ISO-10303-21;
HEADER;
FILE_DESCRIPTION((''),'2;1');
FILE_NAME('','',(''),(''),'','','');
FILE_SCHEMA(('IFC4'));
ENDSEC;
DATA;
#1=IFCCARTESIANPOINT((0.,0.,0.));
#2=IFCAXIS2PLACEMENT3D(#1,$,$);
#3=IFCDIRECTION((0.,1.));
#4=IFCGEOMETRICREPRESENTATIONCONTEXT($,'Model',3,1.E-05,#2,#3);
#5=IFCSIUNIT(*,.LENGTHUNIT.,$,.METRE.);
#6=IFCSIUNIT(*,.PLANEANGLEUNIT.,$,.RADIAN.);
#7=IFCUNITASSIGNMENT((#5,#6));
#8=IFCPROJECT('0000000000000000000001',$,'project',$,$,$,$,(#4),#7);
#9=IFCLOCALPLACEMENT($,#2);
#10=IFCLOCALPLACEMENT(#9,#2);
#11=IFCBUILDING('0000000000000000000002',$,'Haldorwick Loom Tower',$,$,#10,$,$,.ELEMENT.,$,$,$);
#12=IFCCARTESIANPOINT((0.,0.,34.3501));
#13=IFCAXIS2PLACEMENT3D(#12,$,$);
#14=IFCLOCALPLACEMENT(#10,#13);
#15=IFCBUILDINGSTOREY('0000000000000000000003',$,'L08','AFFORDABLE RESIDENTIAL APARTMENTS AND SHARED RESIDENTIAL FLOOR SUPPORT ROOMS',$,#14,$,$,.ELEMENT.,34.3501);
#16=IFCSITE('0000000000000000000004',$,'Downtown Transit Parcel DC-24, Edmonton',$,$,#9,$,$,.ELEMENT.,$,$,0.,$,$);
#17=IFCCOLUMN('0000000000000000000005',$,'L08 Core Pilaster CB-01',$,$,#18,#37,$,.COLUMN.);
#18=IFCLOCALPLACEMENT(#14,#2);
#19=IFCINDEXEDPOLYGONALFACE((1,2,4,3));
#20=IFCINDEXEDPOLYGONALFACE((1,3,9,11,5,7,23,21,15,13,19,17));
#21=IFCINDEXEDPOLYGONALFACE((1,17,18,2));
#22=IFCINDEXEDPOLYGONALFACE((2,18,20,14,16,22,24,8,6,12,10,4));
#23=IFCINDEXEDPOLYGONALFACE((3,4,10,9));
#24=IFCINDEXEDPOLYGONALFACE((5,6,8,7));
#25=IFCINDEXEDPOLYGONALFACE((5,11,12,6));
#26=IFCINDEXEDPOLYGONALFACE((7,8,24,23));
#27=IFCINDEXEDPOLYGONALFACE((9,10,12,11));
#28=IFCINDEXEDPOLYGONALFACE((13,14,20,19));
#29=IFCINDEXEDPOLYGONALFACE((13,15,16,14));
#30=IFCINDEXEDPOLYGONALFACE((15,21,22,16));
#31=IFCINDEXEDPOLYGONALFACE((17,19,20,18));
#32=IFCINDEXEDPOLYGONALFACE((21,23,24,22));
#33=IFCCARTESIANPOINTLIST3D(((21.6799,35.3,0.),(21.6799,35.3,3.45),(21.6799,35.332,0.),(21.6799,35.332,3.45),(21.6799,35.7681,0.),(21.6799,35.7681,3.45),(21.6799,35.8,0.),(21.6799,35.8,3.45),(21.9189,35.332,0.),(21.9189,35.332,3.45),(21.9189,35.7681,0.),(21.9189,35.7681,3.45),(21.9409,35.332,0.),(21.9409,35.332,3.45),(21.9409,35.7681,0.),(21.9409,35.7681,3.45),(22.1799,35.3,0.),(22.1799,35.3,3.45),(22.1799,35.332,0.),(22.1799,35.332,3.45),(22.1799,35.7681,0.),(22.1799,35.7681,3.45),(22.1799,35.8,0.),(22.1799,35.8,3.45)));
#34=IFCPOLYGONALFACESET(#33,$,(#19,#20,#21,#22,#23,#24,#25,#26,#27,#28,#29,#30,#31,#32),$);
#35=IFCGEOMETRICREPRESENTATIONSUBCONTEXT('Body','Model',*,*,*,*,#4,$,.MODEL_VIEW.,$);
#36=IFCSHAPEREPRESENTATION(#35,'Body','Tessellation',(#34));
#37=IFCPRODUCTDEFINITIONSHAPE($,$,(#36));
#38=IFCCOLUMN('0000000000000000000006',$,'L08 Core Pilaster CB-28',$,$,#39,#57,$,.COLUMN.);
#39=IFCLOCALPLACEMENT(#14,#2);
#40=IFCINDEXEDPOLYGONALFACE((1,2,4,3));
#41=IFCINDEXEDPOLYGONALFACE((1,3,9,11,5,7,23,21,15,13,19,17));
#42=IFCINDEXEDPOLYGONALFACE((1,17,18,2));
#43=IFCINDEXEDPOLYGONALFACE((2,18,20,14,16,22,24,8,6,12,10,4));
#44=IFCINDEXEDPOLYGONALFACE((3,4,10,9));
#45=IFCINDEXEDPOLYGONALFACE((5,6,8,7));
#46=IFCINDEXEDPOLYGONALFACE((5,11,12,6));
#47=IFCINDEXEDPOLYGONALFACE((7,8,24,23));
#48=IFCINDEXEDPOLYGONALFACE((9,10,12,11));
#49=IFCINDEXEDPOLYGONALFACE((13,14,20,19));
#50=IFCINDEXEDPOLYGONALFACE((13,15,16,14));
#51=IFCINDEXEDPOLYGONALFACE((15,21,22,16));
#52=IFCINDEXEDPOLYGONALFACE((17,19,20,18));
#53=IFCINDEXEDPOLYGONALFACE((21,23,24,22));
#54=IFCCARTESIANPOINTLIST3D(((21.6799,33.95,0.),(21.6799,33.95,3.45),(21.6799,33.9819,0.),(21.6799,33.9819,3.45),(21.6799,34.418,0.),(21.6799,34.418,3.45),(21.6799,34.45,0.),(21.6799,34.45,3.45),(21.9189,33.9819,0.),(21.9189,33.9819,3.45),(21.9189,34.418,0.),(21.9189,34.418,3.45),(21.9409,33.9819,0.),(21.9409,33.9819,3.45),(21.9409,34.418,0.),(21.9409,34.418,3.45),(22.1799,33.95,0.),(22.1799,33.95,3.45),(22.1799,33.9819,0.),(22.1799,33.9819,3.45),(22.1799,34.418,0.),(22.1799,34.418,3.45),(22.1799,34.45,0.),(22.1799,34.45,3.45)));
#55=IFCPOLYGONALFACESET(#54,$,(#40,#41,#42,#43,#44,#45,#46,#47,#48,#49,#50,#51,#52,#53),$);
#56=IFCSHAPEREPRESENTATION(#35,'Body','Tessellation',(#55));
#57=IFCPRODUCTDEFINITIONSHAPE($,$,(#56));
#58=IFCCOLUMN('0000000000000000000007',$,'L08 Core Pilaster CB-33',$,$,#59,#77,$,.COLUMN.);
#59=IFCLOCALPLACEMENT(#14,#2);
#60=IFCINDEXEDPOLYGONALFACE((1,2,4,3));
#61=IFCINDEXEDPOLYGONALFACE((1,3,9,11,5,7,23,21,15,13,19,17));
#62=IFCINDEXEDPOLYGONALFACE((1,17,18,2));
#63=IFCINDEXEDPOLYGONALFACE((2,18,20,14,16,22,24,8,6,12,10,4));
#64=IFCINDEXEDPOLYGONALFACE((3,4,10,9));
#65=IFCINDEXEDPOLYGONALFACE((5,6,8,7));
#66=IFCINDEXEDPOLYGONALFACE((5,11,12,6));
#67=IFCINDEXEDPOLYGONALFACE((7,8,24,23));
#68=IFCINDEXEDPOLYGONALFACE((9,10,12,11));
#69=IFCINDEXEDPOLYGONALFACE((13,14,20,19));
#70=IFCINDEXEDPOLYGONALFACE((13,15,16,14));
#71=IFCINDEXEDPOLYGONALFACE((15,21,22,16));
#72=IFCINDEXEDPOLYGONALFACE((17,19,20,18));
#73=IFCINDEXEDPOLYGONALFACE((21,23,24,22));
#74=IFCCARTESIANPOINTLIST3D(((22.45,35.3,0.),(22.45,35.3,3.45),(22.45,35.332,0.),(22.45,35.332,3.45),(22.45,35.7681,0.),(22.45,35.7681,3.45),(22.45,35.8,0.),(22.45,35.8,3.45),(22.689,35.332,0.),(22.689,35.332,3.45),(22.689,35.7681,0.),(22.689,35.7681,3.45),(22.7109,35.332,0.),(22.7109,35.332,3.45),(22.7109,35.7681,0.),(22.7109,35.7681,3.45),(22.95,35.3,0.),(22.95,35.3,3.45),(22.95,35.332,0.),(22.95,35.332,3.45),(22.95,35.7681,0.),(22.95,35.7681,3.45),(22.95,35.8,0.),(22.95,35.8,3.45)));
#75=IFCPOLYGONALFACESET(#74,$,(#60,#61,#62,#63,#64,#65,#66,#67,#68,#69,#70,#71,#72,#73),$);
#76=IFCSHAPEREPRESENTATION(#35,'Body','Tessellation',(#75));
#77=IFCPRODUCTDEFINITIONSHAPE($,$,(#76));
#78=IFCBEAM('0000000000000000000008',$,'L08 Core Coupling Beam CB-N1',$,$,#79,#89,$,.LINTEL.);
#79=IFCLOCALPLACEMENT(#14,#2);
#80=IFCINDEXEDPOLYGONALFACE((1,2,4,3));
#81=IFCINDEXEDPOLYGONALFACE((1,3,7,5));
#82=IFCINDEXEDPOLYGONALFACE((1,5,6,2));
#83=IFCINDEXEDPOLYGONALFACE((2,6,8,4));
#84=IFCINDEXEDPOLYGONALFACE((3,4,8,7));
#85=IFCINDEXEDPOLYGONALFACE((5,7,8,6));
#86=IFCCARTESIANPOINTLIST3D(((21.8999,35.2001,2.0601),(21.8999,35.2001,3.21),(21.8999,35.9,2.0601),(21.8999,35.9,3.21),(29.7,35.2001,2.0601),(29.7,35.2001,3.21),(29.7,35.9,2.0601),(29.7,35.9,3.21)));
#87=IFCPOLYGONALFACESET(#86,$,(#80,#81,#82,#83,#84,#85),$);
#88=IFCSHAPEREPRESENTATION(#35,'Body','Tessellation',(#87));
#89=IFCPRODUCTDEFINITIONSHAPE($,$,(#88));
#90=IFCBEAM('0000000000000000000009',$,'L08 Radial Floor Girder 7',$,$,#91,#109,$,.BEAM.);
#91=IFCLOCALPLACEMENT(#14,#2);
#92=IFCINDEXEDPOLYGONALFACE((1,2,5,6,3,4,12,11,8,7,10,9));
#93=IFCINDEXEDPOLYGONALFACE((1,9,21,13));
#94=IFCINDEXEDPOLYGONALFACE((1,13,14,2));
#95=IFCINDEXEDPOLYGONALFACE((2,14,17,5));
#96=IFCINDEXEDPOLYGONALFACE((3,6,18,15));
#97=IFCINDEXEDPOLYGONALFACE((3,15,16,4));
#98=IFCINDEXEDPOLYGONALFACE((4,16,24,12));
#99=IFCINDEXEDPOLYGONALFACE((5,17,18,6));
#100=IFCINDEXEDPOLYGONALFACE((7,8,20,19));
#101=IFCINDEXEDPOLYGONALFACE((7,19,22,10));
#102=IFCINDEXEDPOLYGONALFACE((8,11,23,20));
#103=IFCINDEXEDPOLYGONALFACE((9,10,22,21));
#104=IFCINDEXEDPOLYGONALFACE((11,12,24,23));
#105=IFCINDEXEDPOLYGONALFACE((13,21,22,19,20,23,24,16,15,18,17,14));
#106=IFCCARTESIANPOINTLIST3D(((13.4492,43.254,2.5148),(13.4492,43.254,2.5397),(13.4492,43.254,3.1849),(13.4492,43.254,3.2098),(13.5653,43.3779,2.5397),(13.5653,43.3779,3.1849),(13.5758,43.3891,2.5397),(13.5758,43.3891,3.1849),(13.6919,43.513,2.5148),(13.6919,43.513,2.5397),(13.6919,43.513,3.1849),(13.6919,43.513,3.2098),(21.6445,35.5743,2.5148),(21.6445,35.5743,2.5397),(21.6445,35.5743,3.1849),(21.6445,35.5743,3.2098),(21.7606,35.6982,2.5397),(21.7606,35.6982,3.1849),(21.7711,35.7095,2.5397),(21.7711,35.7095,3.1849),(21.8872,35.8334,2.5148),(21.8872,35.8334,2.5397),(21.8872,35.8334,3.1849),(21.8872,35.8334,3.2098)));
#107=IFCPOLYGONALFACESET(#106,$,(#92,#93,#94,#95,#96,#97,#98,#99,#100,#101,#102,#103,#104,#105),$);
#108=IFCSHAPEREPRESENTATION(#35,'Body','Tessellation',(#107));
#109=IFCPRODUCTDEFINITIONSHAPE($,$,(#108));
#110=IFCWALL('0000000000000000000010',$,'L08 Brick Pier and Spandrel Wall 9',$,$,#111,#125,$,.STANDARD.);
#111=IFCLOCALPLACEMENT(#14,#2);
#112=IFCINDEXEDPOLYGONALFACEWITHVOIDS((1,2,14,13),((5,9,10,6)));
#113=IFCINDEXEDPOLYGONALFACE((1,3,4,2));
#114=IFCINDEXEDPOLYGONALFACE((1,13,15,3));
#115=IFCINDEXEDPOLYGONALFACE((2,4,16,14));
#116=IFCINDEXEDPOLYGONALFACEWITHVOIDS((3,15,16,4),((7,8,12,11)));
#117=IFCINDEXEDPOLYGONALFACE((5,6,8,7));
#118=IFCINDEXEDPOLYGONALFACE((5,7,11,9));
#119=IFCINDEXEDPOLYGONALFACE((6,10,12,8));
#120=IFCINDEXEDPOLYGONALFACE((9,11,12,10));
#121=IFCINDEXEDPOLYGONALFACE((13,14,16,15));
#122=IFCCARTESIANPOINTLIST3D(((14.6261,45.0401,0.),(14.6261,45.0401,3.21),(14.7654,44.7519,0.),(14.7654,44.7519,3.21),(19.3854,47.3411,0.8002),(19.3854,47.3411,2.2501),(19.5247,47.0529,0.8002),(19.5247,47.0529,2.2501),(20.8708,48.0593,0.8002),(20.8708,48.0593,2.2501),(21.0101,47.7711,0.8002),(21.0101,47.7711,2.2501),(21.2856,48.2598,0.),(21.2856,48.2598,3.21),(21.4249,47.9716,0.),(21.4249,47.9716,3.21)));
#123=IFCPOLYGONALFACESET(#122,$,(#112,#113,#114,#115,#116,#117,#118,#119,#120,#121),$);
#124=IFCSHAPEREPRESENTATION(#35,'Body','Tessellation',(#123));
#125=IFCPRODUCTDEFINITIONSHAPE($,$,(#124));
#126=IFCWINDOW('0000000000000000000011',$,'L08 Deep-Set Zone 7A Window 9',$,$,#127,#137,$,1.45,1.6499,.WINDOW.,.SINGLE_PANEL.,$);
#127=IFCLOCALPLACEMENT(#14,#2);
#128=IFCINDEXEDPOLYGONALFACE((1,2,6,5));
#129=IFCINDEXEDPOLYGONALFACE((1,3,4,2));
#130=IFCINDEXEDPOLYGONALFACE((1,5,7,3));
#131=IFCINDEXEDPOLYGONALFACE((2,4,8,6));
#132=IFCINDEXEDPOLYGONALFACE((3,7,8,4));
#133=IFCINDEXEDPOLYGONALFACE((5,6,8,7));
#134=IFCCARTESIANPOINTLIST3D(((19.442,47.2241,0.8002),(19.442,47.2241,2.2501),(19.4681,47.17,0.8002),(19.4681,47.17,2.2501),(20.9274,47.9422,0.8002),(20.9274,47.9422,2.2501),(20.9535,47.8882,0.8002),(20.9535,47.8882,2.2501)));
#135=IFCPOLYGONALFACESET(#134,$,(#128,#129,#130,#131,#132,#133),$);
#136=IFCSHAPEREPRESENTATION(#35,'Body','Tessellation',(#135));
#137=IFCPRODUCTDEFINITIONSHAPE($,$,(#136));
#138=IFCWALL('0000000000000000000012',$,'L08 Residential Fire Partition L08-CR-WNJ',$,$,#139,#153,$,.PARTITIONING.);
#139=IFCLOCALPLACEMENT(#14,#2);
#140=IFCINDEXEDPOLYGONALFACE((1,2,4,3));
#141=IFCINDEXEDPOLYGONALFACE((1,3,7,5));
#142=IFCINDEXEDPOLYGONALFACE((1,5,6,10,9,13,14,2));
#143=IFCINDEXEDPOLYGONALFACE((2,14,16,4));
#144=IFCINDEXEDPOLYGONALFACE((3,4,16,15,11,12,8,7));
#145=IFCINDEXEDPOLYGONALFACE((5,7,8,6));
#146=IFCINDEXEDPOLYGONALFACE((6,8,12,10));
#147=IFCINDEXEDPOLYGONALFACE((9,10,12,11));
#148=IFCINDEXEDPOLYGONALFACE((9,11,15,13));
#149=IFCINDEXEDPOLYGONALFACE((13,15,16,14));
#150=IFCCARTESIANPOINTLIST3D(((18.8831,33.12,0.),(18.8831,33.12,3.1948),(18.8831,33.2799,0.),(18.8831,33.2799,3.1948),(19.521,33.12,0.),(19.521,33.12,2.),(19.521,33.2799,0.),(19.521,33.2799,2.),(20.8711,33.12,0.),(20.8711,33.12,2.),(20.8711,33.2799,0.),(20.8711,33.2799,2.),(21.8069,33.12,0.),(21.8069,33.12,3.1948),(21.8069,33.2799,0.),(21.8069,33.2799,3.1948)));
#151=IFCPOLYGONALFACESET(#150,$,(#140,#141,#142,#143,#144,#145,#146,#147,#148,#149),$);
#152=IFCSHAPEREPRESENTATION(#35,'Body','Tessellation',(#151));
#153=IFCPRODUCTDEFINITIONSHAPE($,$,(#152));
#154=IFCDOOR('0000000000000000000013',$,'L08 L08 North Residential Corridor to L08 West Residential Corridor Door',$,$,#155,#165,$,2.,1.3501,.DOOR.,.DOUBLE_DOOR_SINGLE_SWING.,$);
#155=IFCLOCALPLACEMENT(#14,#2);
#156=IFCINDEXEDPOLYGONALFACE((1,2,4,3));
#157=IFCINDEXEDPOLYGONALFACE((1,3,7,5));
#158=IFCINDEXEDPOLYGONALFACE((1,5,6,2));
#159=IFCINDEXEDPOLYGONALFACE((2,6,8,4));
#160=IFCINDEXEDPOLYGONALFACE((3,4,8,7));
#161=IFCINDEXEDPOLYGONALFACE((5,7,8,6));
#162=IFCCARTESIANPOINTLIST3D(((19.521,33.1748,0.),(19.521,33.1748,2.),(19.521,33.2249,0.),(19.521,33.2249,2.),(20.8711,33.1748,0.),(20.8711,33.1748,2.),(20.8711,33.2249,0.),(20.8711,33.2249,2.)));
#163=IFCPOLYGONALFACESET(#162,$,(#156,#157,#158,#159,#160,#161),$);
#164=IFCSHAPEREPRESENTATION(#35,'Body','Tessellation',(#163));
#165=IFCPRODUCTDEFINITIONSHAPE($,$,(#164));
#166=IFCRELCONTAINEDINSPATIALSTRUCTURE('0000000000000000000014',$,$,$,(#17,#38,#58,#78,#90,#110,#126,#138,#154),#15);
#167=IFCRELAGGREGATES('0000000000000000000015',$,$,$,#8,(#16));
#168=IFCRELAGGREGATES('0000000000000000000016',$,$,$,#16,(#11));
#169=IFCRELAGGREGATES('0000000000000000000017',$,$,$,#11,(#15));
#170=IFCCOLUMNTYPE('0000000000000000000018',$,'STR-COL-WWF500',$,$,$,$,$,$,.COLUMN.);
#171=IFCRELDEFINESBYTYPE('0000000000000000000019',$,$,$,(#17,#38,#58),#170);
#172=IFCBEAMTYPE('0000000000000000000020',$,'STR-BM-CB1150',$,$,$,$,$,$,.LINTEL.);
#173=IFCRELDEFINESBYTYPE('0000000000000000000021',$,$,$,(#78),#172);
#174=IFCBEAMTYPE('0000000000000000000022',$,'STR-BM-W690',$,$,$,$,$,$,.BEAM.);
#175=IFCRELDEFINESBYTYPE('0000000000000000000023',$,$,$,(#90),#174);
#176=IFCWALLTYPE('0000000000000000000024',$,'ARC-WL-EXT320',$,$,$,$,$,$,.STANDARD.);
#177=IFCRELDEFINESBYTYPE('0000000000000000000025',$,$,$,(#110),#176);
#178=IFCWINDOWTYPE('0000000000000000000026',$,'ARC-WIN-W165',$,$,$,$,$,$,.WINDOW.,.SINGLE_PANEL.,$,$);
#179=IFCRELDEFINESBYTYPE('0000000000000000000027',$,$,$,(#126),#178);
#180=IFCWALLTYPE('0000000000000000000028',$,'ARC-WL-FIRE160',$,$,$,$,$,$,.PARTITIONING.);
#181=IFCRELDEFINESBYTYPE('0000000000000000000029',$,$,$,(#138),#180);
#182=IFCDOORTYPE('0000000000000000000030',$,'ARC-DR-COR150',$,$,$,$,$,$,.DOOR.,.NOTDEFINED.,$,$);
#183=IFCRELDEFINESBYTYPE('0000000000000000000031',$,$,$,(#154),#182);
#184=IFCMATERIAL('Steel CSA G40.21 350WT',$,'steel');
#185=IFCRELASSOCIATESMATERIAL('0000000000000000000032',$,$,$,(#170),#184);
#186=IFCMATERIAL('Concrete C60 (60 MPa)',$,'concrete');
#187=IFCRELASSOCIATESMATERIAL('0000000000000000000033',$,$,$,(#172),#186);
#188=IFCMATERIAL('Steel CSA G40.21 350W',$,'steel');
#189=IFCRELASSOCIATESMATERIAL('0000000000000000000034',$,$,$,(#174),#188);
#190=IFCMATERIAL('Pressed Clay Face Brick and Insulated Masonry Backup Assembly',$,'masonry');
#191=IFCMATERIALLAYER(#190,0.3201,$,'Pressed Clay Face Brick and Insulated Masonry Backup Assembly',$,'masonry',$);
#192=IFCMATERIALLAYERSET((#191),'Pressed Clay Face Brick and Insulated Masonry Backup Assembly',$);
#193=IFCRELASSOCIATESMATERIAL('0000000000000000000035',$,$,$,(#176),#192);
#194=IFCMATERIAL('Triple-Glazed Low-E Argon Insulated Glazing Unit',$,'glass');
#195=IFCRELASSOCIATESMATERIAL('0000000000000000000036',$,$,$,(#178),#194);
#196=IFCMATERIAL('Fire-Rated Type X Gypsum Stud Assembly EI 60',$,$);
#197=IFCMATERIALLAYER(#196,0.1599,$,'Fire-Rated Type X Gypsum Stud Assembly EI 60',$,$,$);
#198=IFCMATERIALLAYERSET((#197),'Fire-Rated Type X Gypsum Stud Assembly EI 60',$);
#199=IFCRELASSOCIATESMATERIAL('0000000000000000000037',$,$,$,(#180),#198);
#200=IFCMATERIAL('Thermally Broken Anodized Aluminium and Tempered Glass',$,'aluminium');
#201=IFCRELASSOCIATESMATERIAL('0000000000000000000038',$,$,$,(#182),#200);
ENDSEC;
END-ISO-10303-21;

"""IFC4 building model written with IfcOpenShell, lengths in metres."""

from ifc_helpers import new_model, si_unit, direction, frame, frame_2d, origin, origin_2d, place, context, subcontext, project, spatial, rectangle, i_section, extrude, material, layer, layer_set, material_profile, profile_set, type_object, element, fill, save


model = new_model("IFC4")

# Units and contexts
model_context = context("Model", 3, precision=1e-05, world=origin(), true_north=direction((0.0, 1.0)))
body_context = subcontext(model_context, "Body", "Model", "MODEL_VIEW")
ifc_project = project(units=[si_unit("LENGTHUNIT", "METRE"), si_unit("PLANEANGLEUNIT", "RADIAN")], contexts=[model_context])

# Site, building, storey
site_placement = place(None, origin())
site = spatial("IfcSite", under=ifc_project, at=site_placement, Name="Downtown Transit Parcel DC-24, Edmonton", CompositionType="ELEMENT", RefElevation=0.0)
building_placement = place(site_placement, origin())
building = spatial("IfcBuilding", under=site, at=building_placement, Name="Haldorwick Loom Tower", CompositionType="ELEMENT")
storey_placement = place(building_placement, frame((0.0, 0.0, 34.3501)))
storey = spatial("IfcBuildingStorey", under=building, at=storey_placement, Name="L08", Description="AFFORDABLE RESIDENTIAL APARTMENTS AND SHARED RESIDENTIAL FLOOR SUPPORT ROOMS", CompositionType="ELEMENT", Elevation=34.3501)

# Columns
ifc_material_1 = material(Name="Steel CSA G40.21 350WT", Category="steel")
ifc_material_profile_1 = material_profile(ifc_material_1, i_section(OverallWidth=0.5, OverallDepth=0.5, WebThickness=0.022, FlangeThickness=0.032, at=origin_2d()), Name="WWF500X500", Category="steel")
ifc_profile_set_1 = profile_set([ifc_material_profile_1], Name="Steel CSA G40.21 350WT")
column_type = type_object("IfcColumnType", Name="STR-COL-WWF500", PredefinedType="COLUMN", material=ifc_profile_set_1)
for number, where, z_axis, x_axis, name in (
    (1, (21.9299, 35.55, 0.0), (0.0, 0.0, 1.0), (1.0, 0.0, 0.0), "L08 Core Pilaster CB-01"),
    (2, (21.9299, 34.2, 0.0), (0.0, 0.0, 1.0), (1.0, 0.0, 0.0), "L08 Core Pilaster CB-28"),
    (3, (22.7, 35.55, 0.0), (0.0, 0.0, 1.0), (1.0, 0.0, 0.0), "L08 Core Pilaster CB-33"),
):
    element("IfcColumn", number, at=place(storey_placement, frame(where, z_axis=z_axis, x_axis=x_axis)), inside=storey, type_object=column_type, Name=name, PredefinedType="COLUMN", context=body_context, shape_type="SweptSolid", body=[
        extrude(i_section(OverallWidth=0.5, OverallDepth=0.5, WebThickness=0.022, FlangeThickness=0.032, at=origin_2d()), origin(), (0.0, 0.0, 1.0), 3.45),
    ])

# Beams
ifc_material_2 = material(Name="Concrete C60 (60 MPa)", Category="concrete")
ifc_material_profile_2 = material_profile(ifc_material_2, rectangle(XDim=0.7, YDim=1.1499, at=origin_2d()), Name="RC700X1150", Category="concrete")
ifc_profile_set_2 = profile_set([ifc_material_profile_2], Name="Concrete C60 (60 MPa)")
beam_type_1 = type_object("IfcBeamType", Name="STR-BM-CB1150", PredefinedType="LINTEL", material=ifc_profile_set_2)
beam_1_placement = place(storey_placement, frame((21.8999, 35.55, 2.635), z_axis=(1.0, 0.0, 0.0), x_axis=(0.0, 1.0, 0.0)))
element("IfcBeam", 4, at=beam_1_placement, inside=storey, type_object=beam_type_1, Name="L08 Core Coupling Beam CB-N1", PredefinedType="LINTEL", context=body_context, shape_type="SweptSolid", body=[
    extrude(rectangle(XDim=0.7, YDim=1.1499, at=origin_2d()), origin(), (0.0, 0.0, 1.0), 7.8),
])
ifc_material_3 = material(Name="Steel CSA G40.21 350W", Category="steel")
ifc_material_profile_3 = material_profile(ifc_material_3, i_section(OverallWidth=0.355, OverallDepth=0.6951, WebThickness=0.0154, FlangeThickness=0.0249, at=origin_2d()), Name="W690X217", Category="steel")
ifc_profile_set_3 = profile_set([ifc_material_profile_3], Name="Steel CSA G40.21 350W")
beam_type_2 = type_object("IfcBeamType", Name="STR-BM-W690", PredefinedType="BEAM", material=ifc_profile_set_3)
beam_2_placement = place(storey_placement, frame((21.7659, 35.7039, 2.8623), z_axis=(-0.729689, 0.683779, 0.0), x_axis=(-0.683779, -0.729689, 0.0)))
element("IfcBeam", 5, at=beam_2_placement, inside=storey, type_object=beam_type_2, Name="L08 Radial Floor Girder 7", PredefinedType="BEAM", context=body_context, shape_type="SweptSolid", body=[
    extrude(i_section(OverallWidth=0.355, OverallDepth=0.6951, WebThickness=0.0154, FlangeThickness=0.0249, at=origin_2d()), origin(), (0.0, 0.0, 1.0), 11.2312),
])

# Wall, opening, window
ifc_material_4 = material(Name="Pressed Clay Face Brick and Insulated Masonry Backup Assembly", Category="masonry")
ifc_layer_1 = layer(ifc_material_4, 0.3201, Name="Pressed Clay Face Brick and Insulated Masonry Backup Assembly", Category="masonry")
ifc_layer_set_1 = layer_set([ifc_layer_1], Name="Pressed Clay Face Brick and Insulated Masonry Backup Assembly")
wall_type_1 = type_object("IfcWallType", Name="ARC-WL-EXT320", PredefinedType="STANDARD", material=ifc_layer_set_1)
wall_1_placement = place(storey_placement, frame((21.3552, 48.1157, 0.0), z_axis=(0.0, 0.0, 1.0), x_axis=(-0.900296, -0.435279, 0.0)))
wall_1 = element("IfcWall", 6, at=wall_1_placement, inside=storey, type_object=wall_type_1, Name="L08 Brick Pier and Spandrel Wall 9", PredefinedType="STANDARD", context=body_context, shape_type="SweptSolid", body=[
    extrude(rectangle(XDim=7.397, YDim=0.3201, at=frame_2d((3.6985, 0.0))), origin(), (0.0, 0.0, 1.0), 3.21),
])
opening_1_placement = place(wall_1_placement, frame((0.4607, 0.0, 0.8)))
opening_1 = element("IfcOpeningElement", 7, at=opening_1_placement, cuts=wall_1, PredefinedType="OPENING", context=body_context, shape_type="SweptSolid", body=[
    extrude(rectangle(XDim=1.6499, YDim=1.45, at=frame_2d((0.825, 0.7251))), frame((0.0, 0.1699, 0.0), z_axis=(0.0, -1.0, 0.0), x_axis=(1.0, 0.0, 0.0)), (0.0, 0.0, 1.0), 0.3401),
])
ifc_material_5 = material(Name="Triple-Glazed Low-E Argon Insulated Glazing Unit", Category="glass")
window_type = type_object("IfcWindowType", Name="ARC-WIN-W165", PartitioningType="SINGLE_PANEL", PredefinedType="WINDOW", material=ifc_material_5)
window_placement = place(opening_1_placement, origin())
window = element("IfcWindow", 8, at=window_placement, inside=storey, type_object=window_type, Name="L08 Deep-Set Zone 7A Window 9", OverallHeight=1.45, OverallWidth=1.6499, PartitioningType="SINGLE_PANEL", PredefinedType="WINDOW", context=body_context, shape_type="SweptSolid", body=[
    extrude(rectangle(XDim=1.6499, YDim=1.45, at=frame_2d((0.825, 0.7251))), frame((0.0, 0.03, 0.0), z_axis=(0.0, -1.0, 0.0), x_axis=(1.0, 0.0, 0.0)), (0.0, 0.0, 1.0), 0.0601),
])
fill(opening_1, window)

# Wall, opening, door
ifc_material_6 = material(Name="Fire-Rated Type X Gypsum Stud Assembly EI 60")
ifc_layer_2 = layer(ifc_material_6, 0.1599, Name="Fire-Rated Type X Gypsum Stud Assembly EI 60")
ifc_layer_set_2 = layer_set([ifc_layer_2], Name="Fire-Rated Type X Gypsum Stud Assembly EI 60")
wall_type_2 = type_object("IfcWallType", Name="ARC-WL-FIRE160", PredefinedType="PARTITIONING", material=ifc_layer_set_2)
wall_2_placement = place(storey_placement, frame((18.8831, 33.2, 0.0), z_axis=(0.0, 0.0, 1.0), x_axis=(1.0, 0.0, 0.0)))
wall_2 = element("IfcWall", 9, at=wall_2_placement, inside=storey, type_object=wall_type_2, Name="L08 Residential Fire Partition L08-CR-WNJ", PredefinedType="PARTITIONING", context=body_context, shape_type="SweptSolid", body=[
    extrude(rectangle(XDim=2.9238, YDim=0.1599, at=frame_2d((1.4619, 0.0))), origin(), (0.0, 0.0, 1.0), 3.1948),
])
opening_2_placement = place(wall_2_placement, frame((0.6379, 0.0, 0.0)))
opening_2 = element("IfcOpeningElement", 10, at=opening_2_placement, cuts=wall_2, PredefinedType="OPENING", context=body_context, shape_type="SweptSolid", body=[
    extrude(rectangle(XDim=1.3501, YDim=2.0, at=frame_2d((0.675, 1.0))), frame((0.0, 0.0898, 0.0), z_axis=(0.0, -1.0, 0.0), x_axis=(1.0, 0.0, 0.0)), (0.0, 0.0, 1.0), 0.1799),
])
ifc_material_7 = material(Name="Thermally Broken Anodized Aluminium and Tempered Glass", Category="aluminium")
door_type_1 = type_object("IfcDoorType", Name="ARC-DR-COR150", OperationType="NOTDEFINED", PredefinedType="DOOR", material=ifc_material_7)
door_1_placement = place(opening_2_placement, origin())
door_1 = element("IfcDoor", 11, at=door_1_placement, inside=storey, type_object=door_type_1, Name="L08 L08 North Residential Corridor to L08 West Residential Corridor Door", OperationType="DOUBLE_DOOR_SINGLE_SWING", OverallHeight=2.0, OverallWidth=1.3501, PredefinedType="DOOR", context=body_context, shape_type="SweptSolid", body=[
    extrude(rectangle(XDim=1.3501, YDim=2.0, at=frame_2d((0.675, 1.0))), frame((0.0, 0.0249, 0.0), z_axis=(0.0, -1.0, 0.0), x_axis=(1.0, 0.0, 0.0)), (0.0, 0.0, 1.0), 0.05),
])
fill(opening_2, door_1)

save(model, "model.ifc")
